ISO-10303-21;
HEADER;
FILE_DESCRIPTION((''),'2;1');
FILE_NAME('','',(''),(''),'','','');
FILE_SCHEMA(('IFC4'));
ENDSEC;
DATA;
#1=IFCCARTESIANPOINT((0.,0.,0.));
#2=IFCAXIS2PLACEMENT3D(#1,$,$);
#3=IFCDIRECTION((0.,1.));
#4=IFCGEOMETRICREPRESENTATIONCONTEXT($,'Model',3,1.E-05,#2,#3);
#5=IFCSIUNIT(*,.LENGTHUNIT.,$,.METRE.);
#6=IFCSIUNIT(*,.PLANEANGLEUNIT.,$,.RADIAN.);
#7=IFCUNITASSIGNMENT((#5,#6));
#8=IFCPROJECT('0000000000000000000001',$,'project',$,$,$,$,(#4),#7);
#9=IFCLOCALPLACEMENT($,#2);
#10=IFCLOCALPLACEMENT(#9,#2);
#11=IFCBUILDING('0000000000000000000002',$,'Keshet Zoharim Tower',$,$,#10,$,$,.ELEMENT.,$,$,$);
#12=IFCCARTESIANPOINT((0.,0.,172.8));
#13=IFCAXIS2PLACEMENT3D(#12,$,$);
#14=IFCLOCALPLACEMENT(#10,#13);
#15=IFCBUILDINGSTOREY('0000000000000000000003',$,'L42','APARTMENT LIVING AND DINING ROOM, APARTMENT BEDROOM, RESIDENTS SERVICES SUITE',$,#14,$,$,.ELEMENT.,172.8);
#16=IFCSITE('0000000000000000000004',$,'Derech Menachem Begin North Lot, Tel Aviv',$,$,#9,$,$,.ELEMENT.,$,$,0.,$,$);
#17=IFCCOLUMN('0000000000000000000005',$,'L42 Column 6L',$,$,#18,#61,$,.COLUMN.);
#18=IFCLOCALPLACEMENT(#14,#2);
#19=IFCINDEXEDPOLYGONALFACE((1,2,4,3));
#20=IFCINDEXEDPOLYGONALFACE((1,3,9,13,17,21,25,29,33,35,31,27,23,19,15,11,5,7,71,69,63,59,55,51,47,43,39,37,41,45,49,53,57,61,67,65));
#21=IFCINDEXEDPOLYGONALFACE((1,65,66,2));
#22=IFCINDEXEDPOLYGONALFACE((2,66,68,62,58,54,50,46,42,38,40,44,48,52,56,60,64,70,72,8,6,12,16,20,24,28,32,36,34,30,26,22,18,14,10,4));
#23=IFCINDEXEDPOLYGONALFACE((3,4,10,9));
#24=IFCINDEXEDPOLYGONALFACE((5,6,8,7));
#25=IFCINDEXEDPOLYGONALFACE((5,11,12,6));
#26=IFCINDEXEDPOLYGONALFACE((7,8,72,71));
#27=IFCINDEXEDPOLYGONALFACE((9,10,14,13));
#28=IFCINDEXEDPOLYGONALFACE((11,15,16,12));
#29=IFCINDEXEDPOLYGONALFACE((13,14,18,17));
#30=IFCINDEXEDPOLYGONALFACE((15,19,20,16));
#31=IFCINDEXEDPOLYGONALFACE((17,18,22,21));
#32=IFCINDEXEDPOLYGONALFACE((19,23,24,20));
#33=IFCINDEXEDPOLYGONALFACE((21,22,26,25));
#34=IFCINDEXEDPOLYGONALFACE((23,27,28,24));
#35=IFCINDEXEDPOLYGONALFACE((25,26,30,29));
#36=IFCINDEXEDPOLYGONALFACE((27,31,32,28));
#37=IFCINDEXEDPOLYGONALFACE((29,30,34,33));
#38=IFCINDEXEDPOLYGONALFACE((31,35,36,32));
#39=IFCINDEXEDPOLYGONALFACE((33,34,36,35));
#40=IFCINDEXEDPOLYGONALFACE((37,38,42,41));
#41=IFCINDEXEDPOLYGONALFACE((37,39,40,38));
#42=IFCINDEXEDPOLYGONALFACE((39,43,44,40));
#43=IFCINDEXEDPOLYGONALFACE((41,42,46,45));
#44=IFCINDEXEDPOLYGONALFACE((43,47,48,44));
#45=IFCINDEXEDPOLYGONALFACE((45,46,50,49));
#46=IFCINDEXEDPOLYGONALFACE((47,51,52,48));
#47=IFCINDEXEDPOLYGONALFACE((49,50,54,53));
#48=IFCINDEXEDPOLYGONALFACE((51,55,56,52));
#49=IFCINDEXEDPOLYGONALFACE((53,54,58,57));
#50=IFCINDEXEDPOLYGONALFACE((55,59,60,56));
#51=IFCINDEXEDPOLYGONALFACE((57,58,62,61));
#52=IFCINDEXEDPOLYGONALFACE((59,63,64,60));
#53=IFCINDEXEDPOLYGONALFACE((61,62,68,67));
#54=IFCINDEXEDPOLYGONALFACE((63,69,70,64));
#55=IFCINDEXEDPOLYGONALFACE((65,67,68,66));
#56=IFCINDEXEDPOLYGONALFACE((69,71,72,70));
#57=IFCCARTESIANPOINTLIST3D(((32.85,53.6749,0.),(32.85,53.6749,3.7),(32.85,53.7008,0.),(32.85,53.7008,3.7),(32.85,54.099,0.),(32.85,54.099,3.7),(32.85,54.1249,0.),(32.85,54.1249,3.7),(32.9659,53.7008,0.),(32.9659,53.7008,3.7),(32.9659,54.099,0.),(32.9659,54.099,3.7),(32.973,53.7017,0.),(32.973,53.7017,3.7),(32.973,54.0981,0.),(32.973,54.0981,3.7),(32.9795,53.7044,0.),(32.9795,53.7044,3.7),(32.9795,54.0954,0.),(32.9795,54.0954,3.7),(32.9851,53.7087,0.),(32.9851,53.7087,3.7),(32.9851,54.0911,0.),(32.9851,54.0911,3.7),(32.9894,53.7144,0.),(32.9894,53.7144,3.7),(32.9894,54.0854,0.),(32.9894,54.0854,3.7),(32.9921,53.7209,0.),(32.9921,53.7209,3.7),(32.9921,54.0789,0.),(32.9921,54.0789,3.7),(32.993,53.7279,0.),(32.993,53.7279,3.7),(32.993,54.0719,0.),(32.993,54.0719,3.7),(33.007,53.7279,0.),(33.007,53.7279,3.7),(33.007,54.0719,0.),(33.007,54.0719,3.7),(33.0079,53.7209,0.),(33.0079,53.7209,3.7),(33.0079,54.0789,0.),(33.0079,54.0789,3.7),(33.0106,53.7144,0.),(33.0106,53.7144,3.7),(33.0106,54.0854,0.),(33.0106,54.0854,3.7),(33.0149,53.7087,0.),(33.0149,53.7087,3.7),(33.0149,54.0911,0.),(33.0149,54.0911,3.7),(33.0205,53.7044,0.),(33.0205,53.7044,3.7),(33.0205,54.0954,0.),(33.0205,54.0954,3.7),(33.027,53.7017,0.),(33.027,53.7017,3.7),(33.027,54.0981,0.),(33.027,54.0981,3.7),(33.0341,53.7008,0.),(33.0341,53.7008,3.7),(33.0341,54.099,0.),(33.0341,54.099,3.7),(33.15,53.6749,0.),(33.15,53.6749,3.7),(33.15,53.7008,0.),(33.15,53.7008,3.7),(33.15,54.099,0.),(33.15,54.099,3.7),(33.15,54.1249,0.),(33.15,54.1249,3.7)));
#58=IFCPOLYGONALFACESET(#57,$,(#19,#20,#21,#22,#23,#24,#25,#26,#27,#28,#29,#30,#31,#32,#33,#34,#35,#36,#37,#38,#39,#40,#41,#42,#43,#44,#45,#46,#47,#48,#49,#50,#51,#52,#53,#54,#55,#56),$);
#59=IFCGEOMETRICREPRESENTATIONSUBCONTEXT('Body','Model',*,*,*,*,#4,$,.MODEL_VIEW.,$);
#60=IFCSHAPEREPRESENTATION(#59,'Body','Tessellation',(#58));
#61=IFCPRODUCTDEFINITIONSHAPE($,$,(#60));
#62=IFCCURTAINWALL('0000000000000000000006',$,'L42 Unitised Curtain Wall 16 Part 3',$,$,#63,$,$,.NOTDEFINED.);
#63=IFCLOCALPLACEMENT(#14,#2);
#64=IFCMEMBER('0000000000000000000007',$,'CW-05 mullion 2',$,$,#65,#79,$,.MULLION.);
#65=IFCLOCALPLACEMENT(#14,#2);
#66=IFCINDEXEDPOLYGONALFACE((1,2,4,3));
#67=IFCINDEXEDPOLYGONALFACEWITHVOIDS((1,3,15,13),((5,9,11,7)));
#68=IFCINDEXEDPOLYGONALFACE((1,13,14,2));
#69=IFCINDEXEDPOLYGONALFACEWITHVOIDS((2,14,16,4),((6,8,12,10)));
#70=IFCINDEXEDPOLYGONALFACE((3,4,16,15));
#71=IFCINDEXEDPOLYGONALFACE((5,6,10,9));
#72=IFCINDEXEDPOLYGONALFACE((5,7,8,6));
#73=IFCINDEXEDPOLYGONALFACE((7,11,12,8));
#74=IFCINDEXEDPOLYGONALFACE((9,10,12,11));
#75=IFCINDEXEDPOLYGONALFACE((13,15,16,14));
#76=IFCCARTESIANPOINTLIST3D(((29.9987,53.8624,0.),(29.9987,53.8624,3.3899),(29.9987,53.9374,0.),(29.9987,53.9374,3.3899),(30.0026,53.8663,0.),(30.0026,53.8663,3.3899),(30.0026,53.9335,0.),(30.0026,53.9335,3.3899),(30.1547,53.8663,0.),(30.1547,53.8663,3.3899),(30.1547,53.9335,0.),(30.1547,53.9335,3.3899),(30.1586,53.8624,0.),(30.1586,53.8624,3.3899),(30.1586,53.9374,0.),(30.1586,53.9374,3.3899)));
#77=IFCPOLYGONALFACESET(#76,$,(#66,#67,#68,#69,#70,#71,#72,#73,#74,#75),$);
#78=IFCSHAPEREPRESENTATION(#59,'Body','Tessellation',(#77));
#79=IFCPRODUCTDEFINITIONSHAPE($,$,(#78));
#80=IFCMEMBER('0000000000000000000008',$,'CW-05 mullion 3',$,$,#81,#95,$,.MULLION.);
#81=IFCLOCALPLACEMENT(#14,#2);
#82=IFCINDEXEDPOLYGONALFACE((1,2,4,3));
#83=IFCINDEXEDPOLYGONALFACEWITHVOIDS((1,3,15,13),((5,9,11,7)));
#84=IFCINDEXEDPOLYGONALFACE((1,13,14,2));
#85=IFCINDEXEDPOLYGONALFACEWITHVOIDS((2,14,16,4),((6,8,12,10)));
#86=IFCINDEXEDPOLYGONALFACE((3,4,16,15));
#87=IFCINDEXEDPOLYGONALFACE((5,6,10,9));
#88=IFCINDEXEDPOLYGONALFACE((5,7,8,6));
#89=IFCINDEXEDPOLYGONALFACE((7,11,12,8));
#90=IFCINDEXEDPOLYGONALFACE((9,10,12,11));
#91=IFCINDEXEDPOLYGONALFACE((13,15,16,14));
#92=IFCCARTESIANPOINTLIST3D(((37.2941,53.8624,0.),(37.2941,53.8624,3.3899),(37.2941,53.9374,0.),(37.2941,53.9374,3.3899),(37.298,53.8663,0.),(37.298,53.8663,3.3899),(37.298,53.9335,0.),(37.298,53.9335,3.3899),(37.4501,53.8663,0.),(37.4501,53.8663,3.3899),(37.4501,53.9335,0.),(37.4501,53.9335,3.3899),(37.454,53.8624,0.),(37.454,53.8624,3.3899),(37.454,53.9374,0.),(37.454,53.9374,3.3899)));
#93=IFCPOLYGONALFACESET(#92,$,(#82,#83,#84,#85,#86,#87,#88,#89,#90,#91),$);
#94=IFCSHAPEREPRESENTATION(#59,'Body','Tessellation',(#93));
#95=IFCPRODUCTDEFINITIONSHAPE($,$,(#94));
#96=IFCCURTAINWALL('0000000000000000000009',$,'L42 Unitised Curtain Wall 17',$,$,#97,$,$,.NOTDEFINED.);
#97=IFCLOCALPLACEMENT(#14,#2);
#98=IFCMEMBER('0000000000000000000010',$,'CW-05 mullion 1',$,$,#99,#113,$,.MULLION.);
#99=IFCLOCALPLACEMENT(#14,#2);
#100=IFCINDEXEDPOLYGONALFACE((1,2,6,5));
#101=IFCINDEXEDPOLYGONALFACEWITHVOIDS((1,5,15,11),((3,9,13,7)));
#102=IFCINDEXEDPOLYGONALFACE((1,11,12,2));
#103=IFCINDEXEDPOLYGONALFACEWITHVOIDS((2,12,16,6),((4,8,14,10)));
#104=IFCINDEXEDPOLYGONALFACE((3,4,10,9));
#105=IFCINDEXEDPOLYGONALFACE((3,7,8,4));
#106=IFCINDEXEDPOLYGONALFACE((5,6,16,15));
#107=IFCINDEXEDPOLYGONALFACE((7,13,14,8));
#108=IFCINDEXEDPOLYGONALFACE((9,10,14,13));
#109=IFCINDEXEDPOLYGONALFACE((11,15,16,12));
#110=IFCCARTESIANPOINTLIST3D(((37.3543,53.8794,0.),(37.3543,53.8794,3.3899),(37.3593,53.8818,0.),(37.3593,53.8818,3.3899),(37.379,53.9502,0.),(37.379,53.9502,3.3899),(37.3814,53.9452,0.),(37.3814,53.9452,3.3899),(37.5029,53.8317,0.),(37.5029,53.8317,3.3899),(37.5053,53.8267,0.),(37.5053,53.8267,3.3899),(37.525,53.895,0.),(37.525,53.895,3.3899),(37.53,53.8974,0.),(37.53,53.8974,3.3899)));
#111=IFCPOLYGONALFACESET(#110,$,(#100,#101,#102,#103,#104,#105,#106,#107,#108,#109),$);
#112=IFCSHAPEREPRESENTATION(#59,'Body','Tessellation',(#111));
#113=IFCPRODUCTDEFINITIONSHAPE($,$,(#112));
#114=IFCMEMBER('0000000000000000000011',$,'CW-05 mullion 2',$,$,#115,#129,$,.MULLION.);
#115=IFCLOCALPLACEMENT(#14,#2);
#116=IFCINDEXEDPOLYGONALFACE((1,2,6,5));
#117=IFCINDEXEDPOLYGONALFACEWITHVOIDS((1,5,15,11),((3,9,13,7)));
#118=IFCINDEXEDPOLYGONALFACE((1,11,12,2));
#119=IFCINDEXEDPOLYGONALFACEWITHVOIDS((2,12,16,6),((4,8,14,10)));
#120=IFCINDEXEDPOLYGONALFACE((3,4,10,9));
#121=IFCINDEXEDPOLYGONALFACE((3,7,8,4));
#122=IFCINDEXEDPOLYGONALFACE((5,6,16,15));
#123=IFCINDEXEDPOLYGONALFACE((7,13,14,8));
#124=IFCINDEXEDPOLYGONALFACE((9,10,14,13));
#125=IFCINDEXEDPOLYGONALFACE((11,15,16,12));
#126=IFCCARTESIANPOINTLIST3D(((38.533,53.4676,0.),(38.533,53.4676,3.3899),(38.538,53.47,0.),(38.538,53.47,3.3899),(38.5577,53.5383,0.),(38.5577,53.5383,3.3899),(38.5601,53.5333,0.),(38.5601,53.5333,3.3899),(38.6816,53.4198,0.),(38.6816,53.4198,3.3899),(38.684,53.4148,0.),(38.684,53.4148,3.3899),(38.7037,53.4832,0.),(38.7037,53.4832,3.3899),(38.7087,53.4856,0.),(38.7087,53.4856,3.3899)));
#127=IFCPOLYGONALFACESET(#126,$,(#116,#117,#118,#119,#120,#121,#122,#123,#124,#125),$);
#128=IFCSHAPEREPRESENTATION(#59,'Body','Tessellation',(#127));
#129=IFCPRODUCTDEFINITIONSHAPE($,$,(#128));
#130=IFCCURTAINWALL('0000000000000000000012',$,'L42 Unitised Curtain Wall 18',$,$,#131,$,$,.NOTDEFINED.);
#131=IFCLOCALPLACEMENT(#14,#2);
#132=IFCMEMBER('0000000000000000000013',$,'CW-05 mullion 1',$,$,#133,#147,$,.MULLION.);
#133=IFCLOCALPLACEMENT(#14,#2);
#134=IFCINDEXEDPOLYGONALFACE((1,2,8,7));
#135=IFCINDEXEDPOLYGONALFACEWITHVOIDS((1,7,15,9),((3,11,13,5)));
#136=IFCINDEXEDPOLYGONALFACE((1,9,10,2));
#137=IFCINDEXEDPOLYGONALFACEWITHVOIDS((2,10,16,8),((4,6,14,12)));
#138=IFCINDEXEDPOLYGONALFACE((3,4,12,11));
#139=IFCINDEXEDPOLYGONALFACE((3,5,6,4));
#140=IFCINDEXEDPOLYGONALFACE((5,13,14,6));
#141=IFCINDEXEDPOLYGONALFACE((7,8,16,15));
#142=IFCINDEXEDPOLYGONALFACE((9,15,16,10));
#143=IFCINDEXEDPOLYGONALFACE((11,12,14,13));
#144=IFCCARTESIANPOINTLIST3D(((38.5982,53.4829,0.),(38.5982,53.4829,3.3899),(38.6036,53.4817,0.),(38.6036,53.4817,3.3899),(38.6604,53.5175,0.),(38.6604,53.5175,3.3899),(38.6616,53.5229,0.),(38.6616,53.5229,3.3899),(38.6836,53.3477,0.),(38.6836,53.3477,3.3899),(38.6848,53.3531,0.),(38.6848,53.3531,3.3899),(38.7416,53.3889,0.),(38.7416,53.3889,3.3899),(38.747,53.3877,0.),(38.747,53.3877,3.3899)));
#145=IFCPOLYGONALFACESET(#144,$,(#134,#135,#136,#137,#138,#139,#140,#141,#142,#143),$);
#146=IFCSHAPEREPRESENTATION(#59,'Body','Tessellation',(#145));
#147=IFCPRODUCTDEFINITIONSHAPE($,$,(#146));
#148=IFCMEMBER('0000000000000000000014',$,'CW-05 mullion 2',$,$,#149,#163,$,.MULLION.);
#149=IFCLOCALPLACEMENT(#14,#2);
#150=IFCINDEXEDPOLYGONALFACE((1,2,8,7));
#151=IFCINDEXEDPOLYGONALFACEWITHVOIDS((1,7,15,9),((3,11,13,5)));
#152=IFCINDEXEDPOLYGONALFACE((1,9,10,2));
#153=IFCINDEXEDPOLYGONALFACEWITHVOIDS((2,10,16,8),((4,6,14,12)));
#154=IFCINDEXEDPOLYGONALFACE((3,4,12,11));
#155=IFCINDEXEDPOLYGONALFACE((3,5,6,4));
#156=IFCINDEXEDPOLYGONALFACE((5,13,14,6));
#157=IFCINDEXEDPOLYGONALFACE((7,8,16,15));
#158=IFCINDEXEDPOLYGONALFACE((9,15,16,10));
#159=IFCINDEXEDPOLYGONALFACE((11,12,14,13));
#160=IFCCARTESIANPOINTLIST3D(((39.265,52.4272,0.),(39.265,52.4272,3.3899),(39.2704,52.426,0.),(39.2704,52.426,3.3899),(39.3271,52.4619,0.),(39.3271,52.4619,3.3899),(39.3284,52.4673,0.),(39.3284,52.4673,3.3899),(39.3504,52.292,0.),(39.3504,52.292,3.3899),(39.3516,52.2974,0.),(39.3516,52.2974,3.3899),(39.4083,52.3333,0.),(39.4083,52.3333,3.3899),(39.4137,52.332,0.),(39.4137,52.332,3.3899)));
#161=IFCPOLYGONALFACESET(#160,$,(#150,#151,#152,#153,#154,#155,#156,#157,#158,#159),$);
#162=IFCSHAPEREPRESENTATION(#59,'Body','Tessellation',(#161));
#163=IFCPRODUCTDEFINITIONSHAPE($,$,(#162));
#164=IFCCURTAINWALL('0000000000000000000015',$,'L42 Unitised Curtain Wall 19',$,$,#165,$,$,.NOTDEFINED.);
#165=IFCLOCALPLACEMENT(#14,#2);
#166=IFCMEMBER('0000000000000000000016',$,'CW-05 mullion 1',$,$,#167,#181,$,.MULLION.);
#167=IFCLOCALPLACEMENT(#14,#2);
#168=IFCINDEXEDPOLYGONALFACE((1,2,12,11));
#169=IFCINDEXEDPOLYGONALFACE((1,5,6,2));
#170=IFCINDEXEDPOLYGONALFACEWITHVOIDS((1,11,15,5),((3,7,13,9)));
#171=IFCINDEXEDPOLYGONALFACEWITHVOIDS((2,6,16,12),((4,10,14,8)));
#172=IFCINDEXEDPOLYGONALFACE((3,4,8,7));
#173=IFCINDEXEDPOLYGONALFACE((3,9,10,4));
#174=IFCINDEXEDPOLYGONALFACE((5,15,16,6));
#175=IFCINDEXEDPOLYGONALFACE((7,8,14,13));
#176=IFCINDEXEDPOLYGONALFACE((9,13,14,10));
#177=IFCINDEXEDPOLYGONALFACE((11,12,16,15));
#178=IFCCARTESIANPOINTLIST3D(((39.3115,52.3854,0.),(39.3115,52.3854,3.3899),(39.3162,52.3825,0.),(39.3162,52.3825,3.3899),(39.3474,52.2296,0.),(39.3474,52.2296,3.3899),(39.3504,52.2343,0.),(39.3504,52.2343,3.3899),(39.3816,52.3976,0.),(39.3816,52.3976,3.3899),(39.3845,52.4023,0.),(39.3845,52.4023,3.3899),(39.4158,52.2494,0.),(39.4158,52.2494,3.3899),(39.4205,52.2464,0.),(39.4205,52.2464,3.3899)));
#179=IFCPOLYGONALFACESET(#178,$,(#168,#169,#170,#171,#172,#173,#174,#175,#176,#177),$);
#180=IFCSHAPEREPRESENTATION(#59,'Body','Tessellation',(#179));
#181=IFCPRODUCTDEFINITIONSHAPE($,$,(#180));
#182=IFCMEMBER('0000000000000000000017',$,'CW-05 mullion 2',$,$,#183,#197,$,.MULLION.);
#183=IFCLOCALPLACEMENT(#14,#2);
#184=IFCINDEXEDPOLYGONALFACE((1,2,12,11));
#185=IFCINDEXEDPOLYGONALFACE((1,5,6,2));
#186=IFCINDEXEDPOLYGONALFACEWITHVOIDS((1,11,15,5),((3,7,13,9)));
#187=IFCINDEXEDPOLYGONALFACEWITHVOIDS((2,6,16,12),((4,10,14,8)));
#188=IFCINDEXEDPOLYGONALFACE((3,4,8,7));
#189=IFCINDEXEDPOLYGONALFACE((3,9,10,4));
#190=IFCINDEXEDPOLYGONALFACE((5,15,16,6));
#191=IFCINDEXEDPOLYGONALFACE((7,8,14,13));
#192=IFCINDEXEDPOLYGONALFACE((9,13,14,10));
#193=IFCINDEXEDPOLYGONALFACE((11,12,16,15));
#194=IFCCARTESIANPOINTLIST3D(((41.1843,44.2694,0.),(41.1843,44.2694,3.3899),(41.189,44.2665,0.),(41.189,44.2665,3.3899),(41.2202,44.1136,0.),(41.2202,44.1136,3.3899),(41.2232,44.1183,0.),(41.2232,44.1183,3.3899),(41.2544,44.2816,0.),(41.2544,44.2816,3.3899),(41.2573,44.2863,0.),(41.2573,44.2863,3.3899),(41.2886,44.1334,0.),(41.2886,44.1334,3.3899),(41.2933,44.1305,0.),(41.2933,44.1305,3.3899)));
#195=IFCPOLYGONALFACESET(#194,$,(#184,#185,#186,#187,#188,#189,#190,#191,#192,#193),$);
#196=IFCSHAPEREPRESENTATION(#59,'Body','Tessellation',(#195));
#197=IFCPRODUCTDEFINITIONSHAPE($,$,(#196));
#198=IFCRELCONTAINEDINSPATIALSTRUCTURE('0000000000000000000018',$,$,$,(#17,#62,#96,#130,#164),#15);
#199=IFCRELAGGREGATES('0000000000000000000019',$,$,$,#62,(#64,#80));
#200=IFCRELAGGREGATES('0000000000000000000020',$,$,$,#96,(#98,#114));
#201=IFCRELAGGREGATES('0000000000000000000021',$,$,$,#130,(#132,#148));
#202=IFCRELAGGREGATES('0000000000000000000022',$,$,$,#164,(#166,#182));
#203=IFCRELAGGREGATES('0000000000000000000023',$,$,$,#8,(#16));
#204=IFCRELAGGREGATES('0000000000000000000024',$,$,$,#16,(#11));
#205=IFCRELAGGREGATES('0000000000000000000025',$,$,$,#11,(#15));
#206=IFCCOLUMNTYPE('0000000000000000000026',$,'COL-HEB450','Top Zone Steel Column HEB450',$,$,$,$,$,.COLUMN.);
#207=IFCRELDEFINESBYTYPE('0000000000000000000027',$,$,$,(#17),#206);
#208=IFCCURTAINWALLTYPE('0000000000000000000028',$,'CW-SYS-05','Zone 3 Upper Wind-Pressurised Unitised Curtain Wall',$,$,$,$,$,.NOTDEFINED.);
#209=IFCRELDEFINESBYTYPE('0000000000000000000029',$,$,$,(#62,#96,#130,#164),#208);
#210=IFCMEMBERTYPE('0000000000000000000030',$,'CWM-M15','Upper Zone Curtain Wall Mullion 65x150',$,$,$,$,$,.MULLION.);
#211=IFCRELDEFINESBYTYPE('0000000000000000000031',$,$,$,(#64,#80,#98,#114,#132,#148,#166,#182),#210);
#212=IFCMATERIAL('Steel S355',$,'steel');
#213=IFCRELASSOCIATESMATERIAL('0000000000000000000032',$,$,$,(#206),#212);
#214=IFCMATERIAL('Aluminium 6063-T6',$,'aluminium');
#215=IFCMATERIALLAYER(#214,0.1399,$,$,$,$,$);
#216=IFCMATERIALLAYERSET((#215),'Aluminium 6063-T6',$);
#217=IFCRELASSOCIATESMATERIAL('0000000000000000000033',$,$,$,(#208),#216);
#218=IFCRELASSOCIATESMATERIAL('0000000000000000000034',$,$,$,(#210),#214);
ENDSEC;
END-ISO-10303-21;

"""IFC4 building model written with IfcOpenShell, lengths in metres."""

from ifc_helpers import new_model, si_unit, direction, frame, origin, origin_2d, place, context, subcontext, project, spatial, hollow_rectangle, i_section, extrude, material, layer, layer_set, material_profile, profile_set, type_object, element, aggregate, save


model = new_model("IFC4")

# Units and contexts
model_context = context("Model", 3, precision=1e-05, world=origin(), true_north=direction((0.0, 1.0)))
body_context = subcontext(model_context, "Body", "Model", "MODEL_VIEW")
ifc_project = project(units=[si_unit("LENGTHUNIT", "METRE"), si_unit("PLANEANGLEUNIT", "RADIAN")], contexts=[model_context])

# Site, building, storey
site_placement = place(None, origin())
site = spatial("IfcSite", under=ifc_project, at=site_placement, Name="Derech Menachem Begin North Lot, Tel Aviv", CompositionType="ELEMENT", RefElevation=0.0)
building_placement = place(site_placement, origin())
building = spatial("IfcBuilding", under=site, at=building_placement, Name="Keshet Zoharim Tower", CompositionType="ELEMENT")
storey_placement = place(building_placement, frame((0.0, 0.0, 172.8)))
storey = spatial("IfcBuildingStorey", under=building, at=storey_placement, Name="L42", Description="APARTMENT LIVING AND DINING ROOM, APARTMENT BEDROOM, RESIDENTS SERVICES SUITE", CompositionType="ELEMENT", Elevation=172.8)

# Column
ifc_material_1 = material(Name="Steel S355", Category="steel")
ifc_material_profile_1 = material_profile(ifc_material_1, i_section(OverallWidth=0.3, OverallDepth=0.45, WebThickness=0.0139, FlangeThickness=0.0259, FilletRadius=0.0271, at=origin_2d()), Name="HEB450")
ifc_profile_set_1 = profile_set([ifc_material_profile_1], Name="Steel S355")
column_type = type_object("IfcColumnType", Name="COL-HEB450", Description="Top Zone Steel Column HEB450", PredefinedType="COLUMN", material=ifc_profile_set_1)
column_placement = place(storey_placement, frame((33.0, 53.8999, 0.0), z_axis=(0.0, 0.0, 1.0), x_axis=(1.0, 0.0, 0.0)))
element("IfcColumn", 1, at=column_placement, inside=storey, type_object=column_type, Name="L42 Column 6L", PredefinedType="COLUMN", context=body_context, shape_type="SweptSolid", body=[
    extrude(i_section(OverallWidth=0.3, OverallDepth=0.45, WebThickness=0.0139, FlangeThickness=0.0259, FilletRadius=0.0271, at=origin_2d()), origin(), (0.0, 0.0, 1.0), 3.7),
])

# Curtain walls, members
ifc_material_2 = material(Name="Aluminium 6063-T6", Category="aluminium")
ifc_layer_1 = layer(ifc_material_2, 0.1399)
ifc_layer_set_1 = layer_set([ifc_layer_1], Name="Aluminium 6063-T6")
curtain_wall_type = type_object("IfcCurtainWallType", Name="CW-SYS-05", Description="Zone 3 Upper Wind-Pressurised Unitised Curtain Wall", PredefinedType="NOTDEFINED", material=ifc_layer_set_1)
curtain_wall_1_placement = place(storey_placement, origin())
curtain_wall_1 = element("IfcCurtainWall", 2, at=curtain_wall_1_placement, inside=storey, type_object=curtain_wall_type, Name="L42 Unitised Curtain Wall 16 Part 3", PredefinedType="NOTDEFINED")
ifc_material_profile_2 = material_profile(ifc_material_2, hollow_rectangle(XDim=0.075, YDim=0.1599, WallThickness=0.0039, at=origin_2d()), Name="MUL-75x160")
ifc_profile_set_2 = profile_set([ifc_material_profile_2], Name="Aluminium 6063-T6")
member_type_1 = type_object("IfcMemberType", Name="CWM-M15", Description="Upper Zone Curtain Wall Mullion 65x150", PredefinedType="MULLION", material=ifc_profile_set_2)
member_1_placement = place(storey_placement, frame((30.0786, 53.8999, 0.0), z_axis=(0.0, 0.0, 1.0), x_axis=(0.0, 1.0, 0.0)))
member_1 = element("IfcMember", 3, at=member_1_placement, type_object=member_type_1, Name="CW-05 mullion 2", PredefinedType="MULLION", context=body_context, shape_type="SweptSolid", body=[
    extrude(hollow_rectangle(XDim=0.075, YDim=0.1599, WallThickness=0.0039, at=origin_2d()), origin(), (0.0, 0.0, 1.0), 3.3899),
])
member_2_placement = place(storey_placement, frame((37.374, 53.8999, 0.0), z_axis=(0.0, 0.0, 1.0), x_axis=(0.0, 1.0, 0.0)))
member_2 = element("IfcMember", 4, at=member_2_placement, type_object=member_type_1, Name="CW-05 mullion 3", PredefinedType="MULLION", context=body_context, shape_type="SweptSolid", body=[
    extrude(hollow_rectangle(XDim=0.075, YDim=0.1599, WallThickness=0.0039, at=origin_2d()), origin(), (0.0, 0.0, 1.0), 3.3899),
])
curtain_wall_2_placement = place(storey_placement, origin())
curtain_wall_2 = element("IfcCurtainWall", 5, at=curtain_wall_2_placement, inside=storey, type_object=curtain_wall_type, Name="L42 Unitised Curtain Wall 17", PredefinedType="NOTDEFINED")
member_3_placement = place(storey_placement, frame((37.4421, 53.8884, 0.0), z_axis=(0.0, 0.0, 1.0), x_axis=(0.329844, 0.944036, 0.0)))
member_3 = element("IfcMember", 6, at=member_3_placement, type_object=member_type_1, Name="CW-05 mullion 1", PredefinedType="MULLION", context=body_context, shape_type="SweptSolid", body=[
    extrude(hollow_rectangle(XDim=0.075, YDim=0.1599, WallThickness=0.0039, at=origin_2d()), origin(), (0.0, 0.0, 1.0), 3.3899),
])
member_4_placement = place(storey_placement, frame((38.6208, 53.4766, 0.0), z_axis=(0.0, 0.0, 1.0), x_axis=(0.329844, 0.944036, 0.0)))
member_4 = element("IfcMember", 7, at=member_4_placement, type_object=member_type_1, Name="CW-05 mullion 2", PredefinedType="MULLION", context=body_context, shape_type="SweptSolid", body=[
    extrude(hollow_rectangle(XDim=0.075, YDim=0.1599, WallThickness=0.0039, at=origin_2d()), origin(), (0.0, 0.0, 1.0), 3.3899),
])
curtain_wall_3_placement = place(storey_placement, origin())
curtain_wall_3 = element("IfcCurtainWall", 8, at=curtain_wall_3_placement, inside=storey, type_object=curtain_wall_type, Name="L42 Unitised Curtain Wall 18", PredefinedType="NOTDEFINED")
member_5_placement = place(storey_placement, frame((38.6726, 53.4353, 0.0), z_axis=(0.0, 0.0, 1.0), x_axis=(0.845561, 0.533879, 0.0)))
member_5 = element("IfcMember", 9, at=member_5_placement, type_object=member_type_1, Name="CW-05 mullion 1", PredefinedType="MULLION", context=body_context, shape_type="SweptSolid", body=[
    extrude(hollow_rectangle(XDim=0.075, YDim=0.1599, WallThickness=0.0039, at=origin_2d()), origin(), (0.0, 0.0, 1.0), 3.3899),
])
member_6_placement = place(storey_placement, frame((39.3394, 52.3796, 0.0), z_axis=(0.0, 0.0, 1.0), x_axis=(0.845561, 0.533879, 0.0)))
member_6 = element("IfcMember", 10, at=member_6_placement, type_object=member_type_1, Name="CW-05 mullion 2", PredefinedType="MULLION", context=body_context, shape_type="SweptSolid", body=[
    extrude(hollow_rectangle(XDim=0.075, YDim=0.1599, WallThickness=0.0039, at=origin_2d()), origin(), (0.0, 0.0, 1.0), 3.3899),
])
curtain_wall_4_placement = place(storey_placement, origin())
curtain_wall_4 = element("IfcCurtainWall", 11, at=curtain_wall_4_placement, inside=storey, type_object=curtain_wall_type, Name="L42 Unitised Curtain Wall 19", PredefinedType="NOTDEFINED")
member_7_placement = place(storey_placement, frame((39.366, 52.3159, 0.0), z_axis=(0.0, 0.0, 1.0), x_axis=(0.974394, 0.224848, 0.0)))
member_7 = element("IfcMember", 12, at=member_7_placement, type_object=member_type_1, Name="CW-05 mullion 1", PredefinedType="MULLION", context=body_context, shape_type="SweptSolid", body=[
    extrude(hollow_rectangle(XDim=0.075, YDim=0.1599, WallThickness=0.0039, at=origin_2d()), origin(), (0.0, 0.0, 1.0), 3.3899),
])
member_8_placement = place(storey_placement, frame((41.2388, 44.2, 0.0), z_axis=(0.0, 0.0, 1.0), x_axis=(0.974394, 0.224848, 0.0)))
member_8 = element("IfcMember", 13, at=member_8_placement, type_object=member_type_1, Name="CW-05 mullion 2", PredefinedType="MULLION", context=body_context, shape_type="SweptSolid", body=[
    extrude(hollow_rectangle(XDim=0.075, YDim=0.1599, WallThickness=0.0039, at=origin_2d()), origin(), (0.0, 0.0, 1.0), 3.3899),
])

aggregate(curtain_wall_1, [member_1, member_2])
aggregate(curtain_wall_2, [member_3, member_4])
aggregate(curtain_wall_3, [member_5, member_6])
aggregate(curtain_wall_4, [member_7, member_8])

save(model, "model.ifc")
